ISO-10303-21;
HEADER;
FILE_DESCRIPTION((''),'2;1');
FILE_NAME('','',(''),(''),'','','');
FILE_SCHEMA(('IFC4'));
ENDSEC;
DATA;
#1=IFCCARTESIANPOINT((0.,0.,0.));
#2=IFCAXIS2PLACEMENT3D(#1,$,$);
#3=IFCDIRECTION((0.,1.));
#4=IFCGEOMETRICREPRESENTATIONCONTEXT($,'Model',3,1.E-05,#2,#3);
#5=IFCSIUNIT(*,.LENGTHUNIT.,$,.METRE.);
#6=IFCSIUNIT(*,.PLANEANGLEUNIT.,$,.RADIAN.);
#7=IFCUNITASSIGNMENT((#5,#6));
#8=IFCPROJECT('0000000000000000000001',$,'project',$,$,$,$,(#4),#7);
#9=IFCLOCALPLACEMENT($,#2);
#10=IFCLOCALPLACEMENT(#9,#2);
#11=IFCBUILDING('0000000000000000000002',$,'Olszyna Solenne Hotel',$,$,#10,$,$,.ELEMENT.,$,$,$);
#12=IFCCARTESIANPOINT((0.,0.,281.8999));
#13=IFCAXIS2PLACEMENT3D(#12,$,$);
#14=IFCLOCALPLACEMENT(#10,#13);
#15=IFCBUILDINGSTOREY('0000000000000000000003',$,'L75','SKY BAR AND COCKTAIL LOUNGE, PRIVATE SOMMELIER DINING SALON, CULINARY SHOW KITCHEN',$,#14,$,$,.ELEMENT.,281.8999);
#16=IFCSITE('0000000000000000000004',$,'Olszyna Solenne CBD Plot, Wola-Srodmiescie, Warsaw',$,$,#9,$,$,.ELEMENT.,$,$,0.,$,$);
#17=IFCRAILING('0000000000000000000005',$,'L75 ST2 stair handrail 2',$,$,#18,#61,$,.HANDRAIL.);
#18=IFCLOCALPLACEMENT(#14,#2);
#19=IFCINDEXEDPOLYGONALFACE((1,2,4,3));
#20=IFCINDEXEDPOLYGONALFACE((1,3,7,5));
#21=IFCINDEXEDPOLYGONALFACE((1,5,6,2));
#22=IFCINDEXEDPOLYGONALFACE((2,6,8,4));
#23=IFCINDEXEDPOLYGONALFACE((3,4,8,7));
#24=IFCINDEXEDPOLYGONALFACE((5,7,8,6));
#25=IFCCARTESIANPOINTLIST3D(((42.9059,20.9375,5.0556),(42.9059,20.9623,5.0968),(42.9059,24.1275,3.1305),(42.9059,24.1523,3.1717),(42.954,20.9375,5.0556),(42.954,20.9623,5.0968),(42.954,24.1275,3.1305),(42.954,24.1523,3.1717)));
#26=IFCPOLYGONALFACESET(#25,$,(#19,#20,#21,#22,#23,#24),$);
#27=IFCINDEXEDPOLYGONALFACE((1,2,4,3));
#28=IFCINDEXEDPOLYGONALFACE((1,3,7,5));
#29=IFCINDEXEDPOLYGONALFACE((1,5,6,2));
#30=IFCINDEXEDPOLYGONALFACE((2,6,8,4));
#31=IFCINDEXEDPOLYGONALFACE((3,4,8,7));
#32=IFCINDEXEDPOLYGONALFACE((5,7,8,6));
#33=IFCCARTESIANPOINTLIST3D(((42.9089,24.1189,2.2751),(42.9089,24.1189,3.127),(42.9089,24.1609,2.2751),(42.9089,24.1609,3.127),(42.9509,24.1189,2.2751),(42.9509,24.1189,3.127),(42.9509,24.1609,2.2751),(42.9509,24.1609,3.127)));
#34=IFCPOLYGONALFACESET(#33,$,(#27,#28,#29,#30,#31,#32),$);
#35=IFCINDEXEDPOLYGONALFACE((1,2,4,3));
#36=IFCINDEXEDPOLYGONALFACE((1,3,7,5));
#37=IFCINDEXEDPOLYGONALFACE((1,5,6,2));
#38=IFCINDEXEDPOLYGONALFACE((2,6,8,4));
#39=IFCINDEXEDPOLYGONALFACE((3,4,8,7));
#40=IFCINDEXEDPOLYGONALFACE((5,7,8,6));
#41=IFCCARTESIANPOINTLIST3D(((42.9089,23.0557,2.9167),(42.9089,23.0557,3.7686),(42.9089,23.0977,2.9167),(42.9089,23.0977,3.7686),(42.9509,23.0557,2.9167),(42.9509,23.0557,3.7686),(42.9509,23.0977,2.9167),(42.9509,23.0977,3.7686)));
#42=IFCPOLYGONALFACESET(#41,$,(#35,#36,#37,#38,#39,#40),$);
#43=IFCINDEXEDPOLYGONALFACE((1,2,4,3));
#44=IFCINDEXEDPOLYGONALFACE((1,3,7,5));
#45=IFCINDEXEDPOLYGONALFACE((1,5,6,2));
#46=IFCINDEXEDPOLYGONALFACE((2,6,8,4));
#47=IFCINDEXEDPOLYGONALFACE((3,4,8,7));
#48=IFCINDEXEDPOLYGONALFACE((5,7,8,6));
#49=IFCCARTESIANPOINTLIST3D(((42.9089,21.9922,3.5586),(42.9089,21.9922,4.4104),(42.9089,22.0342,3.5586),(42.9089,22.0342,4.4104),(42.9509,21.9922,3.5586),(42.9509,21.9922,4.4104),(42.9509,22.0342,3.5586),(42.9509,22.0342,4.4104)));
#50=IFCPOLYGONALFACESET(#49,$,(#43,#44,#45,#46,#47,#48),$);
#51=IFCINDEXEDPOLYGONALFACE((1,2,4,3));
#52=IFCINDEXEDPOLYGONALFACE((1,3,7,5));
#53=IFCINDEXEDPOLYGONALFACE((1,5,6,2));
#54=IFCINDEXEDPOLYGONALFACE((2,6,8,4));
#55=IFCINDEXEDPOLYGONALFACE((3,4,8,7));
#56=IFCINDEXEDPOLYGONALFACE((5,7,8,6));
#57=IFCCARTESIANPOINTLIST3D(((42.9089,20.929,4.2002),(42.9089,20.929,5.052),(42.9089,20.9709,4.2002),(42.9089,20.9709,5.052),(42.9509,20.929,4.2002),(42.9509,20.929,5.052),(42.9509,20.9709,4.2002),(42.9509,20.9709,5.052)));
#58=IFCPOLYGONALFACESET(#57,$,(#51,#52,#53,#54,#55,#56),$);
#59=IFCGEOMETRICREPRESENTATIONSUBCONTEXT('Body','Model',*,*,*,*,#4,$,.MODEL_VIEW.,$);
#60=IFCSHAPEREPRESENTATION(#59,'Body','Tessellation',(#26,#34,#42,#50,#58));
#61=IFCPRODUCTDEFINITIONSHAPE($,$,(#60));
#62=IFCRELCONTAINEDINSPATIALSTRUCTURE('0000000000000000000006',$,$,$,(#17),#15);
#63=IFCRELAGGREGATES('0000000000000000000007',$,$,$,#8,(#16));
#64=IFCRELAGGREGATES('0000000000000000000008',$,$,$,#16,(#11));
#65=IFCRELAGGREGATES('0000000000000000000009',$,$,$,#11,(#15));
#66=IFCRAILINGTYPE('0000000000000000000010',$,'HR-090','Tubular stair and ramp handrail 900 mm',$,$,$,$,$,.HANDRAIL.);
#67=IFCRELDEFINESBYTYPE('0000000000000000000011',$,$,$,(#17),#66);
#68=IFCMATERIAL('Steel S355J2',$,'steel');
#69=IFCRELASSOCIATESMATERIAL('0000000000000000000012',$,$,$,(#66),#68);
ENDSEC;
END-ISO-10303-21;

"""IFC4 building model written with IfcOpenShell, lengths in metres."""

from ifc_helpers import new_model, si_unit, direction, frame, origin, origin_2d, place, context, subcontext, project, spatial, rectangle, extrude, material, type_object, element, save


model = new_model("IFC4")

# Units and contexts
model_context = context("Model", 3, precision=1e-05, world=origin(), true_north=direction((0.0, 1.0)))
body_context = subcontext(model_context, "Body", "Model", "MODEL_VIEW")
ifc_project = project(units=[si_unit("LENGTHUNIT", "METRE"), si_unit("PLANEANGLEUNIT", "RADIAN")], contexts=[model_context])

# Site, building, storey
site_placement = place(None, origin())
site = spatial("IfcSite", under=ifc_project, at=site_placement, Name="Olszyna Solenne CBD Plot, Wola-Srodmiescie, Warsaw", CompositionType="ELEMENT", RefElevation=0.0)
building_placement = place(site_placement, origin())
building = spatial("IfcBuilding", under=site, at=building_placement, Name="Olszyna Solenne Hotel", CompositionType="ELEMENT")
storey_placement = place(building_placement, frame((0.0, 0.0, 281.8999)))
storey = spatial("IfcBuildingStorey", under=building, at=storey_placement, Name="L75", Description="SKY BAR AND COCKTAIL LOUNGE, PRIVATE SOMMELIER DINING SALON, CULINARY SHOW KITCHEN", CompositionType="ELEMENT", Elevation=281.8999)

# Shared definitions
ifc_material_1 = material(Name="Steel S355J2", Category="steel")

# Railing
railing_type_1 = type_object("IfcRailingType", Name="HR-090", Description="Tubular stair and ramp handrail 900 mm", PredefinedType="HANDRAIL", material=ifc_material_1)
railing_1_placement = place(storey_placement, frame((42.9299, 24.1399, 2.2751)))
element("IfcRailing", 1, at=railing_1_placement, inside=storey, type_object=railing_type_1, Name="L75 ST2 stair handrail 2", PredefinedType="HANDRAIL", context=body_context, shape_type="SweptSolid", body=[
    extrude(rectangle(XDim=0.0481, YDim=0.0481, at=origin_2d()), frame((0.0, 0.0, 0.876), z_axis=(0.0, -0.856178, 0.516682), x_axis=(1.0, 0.0, 0.0)), (0.0, 0.0, 1.0), 3.7258),
    extrude(rectangle(XDim=0.042, YDim=0.042, at=origin_2d()), origin(), (0.0, 0.0, 1.0), 0.8518),
    extrude(rectangle(XDim=0.042, YDim=0.042, at=origin_2d()), frame((0.0, -1.0632, 0.6416)), (0.0, 0.0, 1.0), 0.8518),
    extrude(rectangle(XDim=0.042, YDim=0.042, at=origin_2d()), frame((0.0, -2.1267, 1.2834)), (0.0, 0.0, 1.0), 0.8518),
    extrude(rectangle(XDim=0.042, YDim=0.042, at=origin_2d()), frame((0.0, -3.1899, 1.925)), (0.0, 0.0, 1.0), 0.8518),
])

save(model, "model.ifc")
